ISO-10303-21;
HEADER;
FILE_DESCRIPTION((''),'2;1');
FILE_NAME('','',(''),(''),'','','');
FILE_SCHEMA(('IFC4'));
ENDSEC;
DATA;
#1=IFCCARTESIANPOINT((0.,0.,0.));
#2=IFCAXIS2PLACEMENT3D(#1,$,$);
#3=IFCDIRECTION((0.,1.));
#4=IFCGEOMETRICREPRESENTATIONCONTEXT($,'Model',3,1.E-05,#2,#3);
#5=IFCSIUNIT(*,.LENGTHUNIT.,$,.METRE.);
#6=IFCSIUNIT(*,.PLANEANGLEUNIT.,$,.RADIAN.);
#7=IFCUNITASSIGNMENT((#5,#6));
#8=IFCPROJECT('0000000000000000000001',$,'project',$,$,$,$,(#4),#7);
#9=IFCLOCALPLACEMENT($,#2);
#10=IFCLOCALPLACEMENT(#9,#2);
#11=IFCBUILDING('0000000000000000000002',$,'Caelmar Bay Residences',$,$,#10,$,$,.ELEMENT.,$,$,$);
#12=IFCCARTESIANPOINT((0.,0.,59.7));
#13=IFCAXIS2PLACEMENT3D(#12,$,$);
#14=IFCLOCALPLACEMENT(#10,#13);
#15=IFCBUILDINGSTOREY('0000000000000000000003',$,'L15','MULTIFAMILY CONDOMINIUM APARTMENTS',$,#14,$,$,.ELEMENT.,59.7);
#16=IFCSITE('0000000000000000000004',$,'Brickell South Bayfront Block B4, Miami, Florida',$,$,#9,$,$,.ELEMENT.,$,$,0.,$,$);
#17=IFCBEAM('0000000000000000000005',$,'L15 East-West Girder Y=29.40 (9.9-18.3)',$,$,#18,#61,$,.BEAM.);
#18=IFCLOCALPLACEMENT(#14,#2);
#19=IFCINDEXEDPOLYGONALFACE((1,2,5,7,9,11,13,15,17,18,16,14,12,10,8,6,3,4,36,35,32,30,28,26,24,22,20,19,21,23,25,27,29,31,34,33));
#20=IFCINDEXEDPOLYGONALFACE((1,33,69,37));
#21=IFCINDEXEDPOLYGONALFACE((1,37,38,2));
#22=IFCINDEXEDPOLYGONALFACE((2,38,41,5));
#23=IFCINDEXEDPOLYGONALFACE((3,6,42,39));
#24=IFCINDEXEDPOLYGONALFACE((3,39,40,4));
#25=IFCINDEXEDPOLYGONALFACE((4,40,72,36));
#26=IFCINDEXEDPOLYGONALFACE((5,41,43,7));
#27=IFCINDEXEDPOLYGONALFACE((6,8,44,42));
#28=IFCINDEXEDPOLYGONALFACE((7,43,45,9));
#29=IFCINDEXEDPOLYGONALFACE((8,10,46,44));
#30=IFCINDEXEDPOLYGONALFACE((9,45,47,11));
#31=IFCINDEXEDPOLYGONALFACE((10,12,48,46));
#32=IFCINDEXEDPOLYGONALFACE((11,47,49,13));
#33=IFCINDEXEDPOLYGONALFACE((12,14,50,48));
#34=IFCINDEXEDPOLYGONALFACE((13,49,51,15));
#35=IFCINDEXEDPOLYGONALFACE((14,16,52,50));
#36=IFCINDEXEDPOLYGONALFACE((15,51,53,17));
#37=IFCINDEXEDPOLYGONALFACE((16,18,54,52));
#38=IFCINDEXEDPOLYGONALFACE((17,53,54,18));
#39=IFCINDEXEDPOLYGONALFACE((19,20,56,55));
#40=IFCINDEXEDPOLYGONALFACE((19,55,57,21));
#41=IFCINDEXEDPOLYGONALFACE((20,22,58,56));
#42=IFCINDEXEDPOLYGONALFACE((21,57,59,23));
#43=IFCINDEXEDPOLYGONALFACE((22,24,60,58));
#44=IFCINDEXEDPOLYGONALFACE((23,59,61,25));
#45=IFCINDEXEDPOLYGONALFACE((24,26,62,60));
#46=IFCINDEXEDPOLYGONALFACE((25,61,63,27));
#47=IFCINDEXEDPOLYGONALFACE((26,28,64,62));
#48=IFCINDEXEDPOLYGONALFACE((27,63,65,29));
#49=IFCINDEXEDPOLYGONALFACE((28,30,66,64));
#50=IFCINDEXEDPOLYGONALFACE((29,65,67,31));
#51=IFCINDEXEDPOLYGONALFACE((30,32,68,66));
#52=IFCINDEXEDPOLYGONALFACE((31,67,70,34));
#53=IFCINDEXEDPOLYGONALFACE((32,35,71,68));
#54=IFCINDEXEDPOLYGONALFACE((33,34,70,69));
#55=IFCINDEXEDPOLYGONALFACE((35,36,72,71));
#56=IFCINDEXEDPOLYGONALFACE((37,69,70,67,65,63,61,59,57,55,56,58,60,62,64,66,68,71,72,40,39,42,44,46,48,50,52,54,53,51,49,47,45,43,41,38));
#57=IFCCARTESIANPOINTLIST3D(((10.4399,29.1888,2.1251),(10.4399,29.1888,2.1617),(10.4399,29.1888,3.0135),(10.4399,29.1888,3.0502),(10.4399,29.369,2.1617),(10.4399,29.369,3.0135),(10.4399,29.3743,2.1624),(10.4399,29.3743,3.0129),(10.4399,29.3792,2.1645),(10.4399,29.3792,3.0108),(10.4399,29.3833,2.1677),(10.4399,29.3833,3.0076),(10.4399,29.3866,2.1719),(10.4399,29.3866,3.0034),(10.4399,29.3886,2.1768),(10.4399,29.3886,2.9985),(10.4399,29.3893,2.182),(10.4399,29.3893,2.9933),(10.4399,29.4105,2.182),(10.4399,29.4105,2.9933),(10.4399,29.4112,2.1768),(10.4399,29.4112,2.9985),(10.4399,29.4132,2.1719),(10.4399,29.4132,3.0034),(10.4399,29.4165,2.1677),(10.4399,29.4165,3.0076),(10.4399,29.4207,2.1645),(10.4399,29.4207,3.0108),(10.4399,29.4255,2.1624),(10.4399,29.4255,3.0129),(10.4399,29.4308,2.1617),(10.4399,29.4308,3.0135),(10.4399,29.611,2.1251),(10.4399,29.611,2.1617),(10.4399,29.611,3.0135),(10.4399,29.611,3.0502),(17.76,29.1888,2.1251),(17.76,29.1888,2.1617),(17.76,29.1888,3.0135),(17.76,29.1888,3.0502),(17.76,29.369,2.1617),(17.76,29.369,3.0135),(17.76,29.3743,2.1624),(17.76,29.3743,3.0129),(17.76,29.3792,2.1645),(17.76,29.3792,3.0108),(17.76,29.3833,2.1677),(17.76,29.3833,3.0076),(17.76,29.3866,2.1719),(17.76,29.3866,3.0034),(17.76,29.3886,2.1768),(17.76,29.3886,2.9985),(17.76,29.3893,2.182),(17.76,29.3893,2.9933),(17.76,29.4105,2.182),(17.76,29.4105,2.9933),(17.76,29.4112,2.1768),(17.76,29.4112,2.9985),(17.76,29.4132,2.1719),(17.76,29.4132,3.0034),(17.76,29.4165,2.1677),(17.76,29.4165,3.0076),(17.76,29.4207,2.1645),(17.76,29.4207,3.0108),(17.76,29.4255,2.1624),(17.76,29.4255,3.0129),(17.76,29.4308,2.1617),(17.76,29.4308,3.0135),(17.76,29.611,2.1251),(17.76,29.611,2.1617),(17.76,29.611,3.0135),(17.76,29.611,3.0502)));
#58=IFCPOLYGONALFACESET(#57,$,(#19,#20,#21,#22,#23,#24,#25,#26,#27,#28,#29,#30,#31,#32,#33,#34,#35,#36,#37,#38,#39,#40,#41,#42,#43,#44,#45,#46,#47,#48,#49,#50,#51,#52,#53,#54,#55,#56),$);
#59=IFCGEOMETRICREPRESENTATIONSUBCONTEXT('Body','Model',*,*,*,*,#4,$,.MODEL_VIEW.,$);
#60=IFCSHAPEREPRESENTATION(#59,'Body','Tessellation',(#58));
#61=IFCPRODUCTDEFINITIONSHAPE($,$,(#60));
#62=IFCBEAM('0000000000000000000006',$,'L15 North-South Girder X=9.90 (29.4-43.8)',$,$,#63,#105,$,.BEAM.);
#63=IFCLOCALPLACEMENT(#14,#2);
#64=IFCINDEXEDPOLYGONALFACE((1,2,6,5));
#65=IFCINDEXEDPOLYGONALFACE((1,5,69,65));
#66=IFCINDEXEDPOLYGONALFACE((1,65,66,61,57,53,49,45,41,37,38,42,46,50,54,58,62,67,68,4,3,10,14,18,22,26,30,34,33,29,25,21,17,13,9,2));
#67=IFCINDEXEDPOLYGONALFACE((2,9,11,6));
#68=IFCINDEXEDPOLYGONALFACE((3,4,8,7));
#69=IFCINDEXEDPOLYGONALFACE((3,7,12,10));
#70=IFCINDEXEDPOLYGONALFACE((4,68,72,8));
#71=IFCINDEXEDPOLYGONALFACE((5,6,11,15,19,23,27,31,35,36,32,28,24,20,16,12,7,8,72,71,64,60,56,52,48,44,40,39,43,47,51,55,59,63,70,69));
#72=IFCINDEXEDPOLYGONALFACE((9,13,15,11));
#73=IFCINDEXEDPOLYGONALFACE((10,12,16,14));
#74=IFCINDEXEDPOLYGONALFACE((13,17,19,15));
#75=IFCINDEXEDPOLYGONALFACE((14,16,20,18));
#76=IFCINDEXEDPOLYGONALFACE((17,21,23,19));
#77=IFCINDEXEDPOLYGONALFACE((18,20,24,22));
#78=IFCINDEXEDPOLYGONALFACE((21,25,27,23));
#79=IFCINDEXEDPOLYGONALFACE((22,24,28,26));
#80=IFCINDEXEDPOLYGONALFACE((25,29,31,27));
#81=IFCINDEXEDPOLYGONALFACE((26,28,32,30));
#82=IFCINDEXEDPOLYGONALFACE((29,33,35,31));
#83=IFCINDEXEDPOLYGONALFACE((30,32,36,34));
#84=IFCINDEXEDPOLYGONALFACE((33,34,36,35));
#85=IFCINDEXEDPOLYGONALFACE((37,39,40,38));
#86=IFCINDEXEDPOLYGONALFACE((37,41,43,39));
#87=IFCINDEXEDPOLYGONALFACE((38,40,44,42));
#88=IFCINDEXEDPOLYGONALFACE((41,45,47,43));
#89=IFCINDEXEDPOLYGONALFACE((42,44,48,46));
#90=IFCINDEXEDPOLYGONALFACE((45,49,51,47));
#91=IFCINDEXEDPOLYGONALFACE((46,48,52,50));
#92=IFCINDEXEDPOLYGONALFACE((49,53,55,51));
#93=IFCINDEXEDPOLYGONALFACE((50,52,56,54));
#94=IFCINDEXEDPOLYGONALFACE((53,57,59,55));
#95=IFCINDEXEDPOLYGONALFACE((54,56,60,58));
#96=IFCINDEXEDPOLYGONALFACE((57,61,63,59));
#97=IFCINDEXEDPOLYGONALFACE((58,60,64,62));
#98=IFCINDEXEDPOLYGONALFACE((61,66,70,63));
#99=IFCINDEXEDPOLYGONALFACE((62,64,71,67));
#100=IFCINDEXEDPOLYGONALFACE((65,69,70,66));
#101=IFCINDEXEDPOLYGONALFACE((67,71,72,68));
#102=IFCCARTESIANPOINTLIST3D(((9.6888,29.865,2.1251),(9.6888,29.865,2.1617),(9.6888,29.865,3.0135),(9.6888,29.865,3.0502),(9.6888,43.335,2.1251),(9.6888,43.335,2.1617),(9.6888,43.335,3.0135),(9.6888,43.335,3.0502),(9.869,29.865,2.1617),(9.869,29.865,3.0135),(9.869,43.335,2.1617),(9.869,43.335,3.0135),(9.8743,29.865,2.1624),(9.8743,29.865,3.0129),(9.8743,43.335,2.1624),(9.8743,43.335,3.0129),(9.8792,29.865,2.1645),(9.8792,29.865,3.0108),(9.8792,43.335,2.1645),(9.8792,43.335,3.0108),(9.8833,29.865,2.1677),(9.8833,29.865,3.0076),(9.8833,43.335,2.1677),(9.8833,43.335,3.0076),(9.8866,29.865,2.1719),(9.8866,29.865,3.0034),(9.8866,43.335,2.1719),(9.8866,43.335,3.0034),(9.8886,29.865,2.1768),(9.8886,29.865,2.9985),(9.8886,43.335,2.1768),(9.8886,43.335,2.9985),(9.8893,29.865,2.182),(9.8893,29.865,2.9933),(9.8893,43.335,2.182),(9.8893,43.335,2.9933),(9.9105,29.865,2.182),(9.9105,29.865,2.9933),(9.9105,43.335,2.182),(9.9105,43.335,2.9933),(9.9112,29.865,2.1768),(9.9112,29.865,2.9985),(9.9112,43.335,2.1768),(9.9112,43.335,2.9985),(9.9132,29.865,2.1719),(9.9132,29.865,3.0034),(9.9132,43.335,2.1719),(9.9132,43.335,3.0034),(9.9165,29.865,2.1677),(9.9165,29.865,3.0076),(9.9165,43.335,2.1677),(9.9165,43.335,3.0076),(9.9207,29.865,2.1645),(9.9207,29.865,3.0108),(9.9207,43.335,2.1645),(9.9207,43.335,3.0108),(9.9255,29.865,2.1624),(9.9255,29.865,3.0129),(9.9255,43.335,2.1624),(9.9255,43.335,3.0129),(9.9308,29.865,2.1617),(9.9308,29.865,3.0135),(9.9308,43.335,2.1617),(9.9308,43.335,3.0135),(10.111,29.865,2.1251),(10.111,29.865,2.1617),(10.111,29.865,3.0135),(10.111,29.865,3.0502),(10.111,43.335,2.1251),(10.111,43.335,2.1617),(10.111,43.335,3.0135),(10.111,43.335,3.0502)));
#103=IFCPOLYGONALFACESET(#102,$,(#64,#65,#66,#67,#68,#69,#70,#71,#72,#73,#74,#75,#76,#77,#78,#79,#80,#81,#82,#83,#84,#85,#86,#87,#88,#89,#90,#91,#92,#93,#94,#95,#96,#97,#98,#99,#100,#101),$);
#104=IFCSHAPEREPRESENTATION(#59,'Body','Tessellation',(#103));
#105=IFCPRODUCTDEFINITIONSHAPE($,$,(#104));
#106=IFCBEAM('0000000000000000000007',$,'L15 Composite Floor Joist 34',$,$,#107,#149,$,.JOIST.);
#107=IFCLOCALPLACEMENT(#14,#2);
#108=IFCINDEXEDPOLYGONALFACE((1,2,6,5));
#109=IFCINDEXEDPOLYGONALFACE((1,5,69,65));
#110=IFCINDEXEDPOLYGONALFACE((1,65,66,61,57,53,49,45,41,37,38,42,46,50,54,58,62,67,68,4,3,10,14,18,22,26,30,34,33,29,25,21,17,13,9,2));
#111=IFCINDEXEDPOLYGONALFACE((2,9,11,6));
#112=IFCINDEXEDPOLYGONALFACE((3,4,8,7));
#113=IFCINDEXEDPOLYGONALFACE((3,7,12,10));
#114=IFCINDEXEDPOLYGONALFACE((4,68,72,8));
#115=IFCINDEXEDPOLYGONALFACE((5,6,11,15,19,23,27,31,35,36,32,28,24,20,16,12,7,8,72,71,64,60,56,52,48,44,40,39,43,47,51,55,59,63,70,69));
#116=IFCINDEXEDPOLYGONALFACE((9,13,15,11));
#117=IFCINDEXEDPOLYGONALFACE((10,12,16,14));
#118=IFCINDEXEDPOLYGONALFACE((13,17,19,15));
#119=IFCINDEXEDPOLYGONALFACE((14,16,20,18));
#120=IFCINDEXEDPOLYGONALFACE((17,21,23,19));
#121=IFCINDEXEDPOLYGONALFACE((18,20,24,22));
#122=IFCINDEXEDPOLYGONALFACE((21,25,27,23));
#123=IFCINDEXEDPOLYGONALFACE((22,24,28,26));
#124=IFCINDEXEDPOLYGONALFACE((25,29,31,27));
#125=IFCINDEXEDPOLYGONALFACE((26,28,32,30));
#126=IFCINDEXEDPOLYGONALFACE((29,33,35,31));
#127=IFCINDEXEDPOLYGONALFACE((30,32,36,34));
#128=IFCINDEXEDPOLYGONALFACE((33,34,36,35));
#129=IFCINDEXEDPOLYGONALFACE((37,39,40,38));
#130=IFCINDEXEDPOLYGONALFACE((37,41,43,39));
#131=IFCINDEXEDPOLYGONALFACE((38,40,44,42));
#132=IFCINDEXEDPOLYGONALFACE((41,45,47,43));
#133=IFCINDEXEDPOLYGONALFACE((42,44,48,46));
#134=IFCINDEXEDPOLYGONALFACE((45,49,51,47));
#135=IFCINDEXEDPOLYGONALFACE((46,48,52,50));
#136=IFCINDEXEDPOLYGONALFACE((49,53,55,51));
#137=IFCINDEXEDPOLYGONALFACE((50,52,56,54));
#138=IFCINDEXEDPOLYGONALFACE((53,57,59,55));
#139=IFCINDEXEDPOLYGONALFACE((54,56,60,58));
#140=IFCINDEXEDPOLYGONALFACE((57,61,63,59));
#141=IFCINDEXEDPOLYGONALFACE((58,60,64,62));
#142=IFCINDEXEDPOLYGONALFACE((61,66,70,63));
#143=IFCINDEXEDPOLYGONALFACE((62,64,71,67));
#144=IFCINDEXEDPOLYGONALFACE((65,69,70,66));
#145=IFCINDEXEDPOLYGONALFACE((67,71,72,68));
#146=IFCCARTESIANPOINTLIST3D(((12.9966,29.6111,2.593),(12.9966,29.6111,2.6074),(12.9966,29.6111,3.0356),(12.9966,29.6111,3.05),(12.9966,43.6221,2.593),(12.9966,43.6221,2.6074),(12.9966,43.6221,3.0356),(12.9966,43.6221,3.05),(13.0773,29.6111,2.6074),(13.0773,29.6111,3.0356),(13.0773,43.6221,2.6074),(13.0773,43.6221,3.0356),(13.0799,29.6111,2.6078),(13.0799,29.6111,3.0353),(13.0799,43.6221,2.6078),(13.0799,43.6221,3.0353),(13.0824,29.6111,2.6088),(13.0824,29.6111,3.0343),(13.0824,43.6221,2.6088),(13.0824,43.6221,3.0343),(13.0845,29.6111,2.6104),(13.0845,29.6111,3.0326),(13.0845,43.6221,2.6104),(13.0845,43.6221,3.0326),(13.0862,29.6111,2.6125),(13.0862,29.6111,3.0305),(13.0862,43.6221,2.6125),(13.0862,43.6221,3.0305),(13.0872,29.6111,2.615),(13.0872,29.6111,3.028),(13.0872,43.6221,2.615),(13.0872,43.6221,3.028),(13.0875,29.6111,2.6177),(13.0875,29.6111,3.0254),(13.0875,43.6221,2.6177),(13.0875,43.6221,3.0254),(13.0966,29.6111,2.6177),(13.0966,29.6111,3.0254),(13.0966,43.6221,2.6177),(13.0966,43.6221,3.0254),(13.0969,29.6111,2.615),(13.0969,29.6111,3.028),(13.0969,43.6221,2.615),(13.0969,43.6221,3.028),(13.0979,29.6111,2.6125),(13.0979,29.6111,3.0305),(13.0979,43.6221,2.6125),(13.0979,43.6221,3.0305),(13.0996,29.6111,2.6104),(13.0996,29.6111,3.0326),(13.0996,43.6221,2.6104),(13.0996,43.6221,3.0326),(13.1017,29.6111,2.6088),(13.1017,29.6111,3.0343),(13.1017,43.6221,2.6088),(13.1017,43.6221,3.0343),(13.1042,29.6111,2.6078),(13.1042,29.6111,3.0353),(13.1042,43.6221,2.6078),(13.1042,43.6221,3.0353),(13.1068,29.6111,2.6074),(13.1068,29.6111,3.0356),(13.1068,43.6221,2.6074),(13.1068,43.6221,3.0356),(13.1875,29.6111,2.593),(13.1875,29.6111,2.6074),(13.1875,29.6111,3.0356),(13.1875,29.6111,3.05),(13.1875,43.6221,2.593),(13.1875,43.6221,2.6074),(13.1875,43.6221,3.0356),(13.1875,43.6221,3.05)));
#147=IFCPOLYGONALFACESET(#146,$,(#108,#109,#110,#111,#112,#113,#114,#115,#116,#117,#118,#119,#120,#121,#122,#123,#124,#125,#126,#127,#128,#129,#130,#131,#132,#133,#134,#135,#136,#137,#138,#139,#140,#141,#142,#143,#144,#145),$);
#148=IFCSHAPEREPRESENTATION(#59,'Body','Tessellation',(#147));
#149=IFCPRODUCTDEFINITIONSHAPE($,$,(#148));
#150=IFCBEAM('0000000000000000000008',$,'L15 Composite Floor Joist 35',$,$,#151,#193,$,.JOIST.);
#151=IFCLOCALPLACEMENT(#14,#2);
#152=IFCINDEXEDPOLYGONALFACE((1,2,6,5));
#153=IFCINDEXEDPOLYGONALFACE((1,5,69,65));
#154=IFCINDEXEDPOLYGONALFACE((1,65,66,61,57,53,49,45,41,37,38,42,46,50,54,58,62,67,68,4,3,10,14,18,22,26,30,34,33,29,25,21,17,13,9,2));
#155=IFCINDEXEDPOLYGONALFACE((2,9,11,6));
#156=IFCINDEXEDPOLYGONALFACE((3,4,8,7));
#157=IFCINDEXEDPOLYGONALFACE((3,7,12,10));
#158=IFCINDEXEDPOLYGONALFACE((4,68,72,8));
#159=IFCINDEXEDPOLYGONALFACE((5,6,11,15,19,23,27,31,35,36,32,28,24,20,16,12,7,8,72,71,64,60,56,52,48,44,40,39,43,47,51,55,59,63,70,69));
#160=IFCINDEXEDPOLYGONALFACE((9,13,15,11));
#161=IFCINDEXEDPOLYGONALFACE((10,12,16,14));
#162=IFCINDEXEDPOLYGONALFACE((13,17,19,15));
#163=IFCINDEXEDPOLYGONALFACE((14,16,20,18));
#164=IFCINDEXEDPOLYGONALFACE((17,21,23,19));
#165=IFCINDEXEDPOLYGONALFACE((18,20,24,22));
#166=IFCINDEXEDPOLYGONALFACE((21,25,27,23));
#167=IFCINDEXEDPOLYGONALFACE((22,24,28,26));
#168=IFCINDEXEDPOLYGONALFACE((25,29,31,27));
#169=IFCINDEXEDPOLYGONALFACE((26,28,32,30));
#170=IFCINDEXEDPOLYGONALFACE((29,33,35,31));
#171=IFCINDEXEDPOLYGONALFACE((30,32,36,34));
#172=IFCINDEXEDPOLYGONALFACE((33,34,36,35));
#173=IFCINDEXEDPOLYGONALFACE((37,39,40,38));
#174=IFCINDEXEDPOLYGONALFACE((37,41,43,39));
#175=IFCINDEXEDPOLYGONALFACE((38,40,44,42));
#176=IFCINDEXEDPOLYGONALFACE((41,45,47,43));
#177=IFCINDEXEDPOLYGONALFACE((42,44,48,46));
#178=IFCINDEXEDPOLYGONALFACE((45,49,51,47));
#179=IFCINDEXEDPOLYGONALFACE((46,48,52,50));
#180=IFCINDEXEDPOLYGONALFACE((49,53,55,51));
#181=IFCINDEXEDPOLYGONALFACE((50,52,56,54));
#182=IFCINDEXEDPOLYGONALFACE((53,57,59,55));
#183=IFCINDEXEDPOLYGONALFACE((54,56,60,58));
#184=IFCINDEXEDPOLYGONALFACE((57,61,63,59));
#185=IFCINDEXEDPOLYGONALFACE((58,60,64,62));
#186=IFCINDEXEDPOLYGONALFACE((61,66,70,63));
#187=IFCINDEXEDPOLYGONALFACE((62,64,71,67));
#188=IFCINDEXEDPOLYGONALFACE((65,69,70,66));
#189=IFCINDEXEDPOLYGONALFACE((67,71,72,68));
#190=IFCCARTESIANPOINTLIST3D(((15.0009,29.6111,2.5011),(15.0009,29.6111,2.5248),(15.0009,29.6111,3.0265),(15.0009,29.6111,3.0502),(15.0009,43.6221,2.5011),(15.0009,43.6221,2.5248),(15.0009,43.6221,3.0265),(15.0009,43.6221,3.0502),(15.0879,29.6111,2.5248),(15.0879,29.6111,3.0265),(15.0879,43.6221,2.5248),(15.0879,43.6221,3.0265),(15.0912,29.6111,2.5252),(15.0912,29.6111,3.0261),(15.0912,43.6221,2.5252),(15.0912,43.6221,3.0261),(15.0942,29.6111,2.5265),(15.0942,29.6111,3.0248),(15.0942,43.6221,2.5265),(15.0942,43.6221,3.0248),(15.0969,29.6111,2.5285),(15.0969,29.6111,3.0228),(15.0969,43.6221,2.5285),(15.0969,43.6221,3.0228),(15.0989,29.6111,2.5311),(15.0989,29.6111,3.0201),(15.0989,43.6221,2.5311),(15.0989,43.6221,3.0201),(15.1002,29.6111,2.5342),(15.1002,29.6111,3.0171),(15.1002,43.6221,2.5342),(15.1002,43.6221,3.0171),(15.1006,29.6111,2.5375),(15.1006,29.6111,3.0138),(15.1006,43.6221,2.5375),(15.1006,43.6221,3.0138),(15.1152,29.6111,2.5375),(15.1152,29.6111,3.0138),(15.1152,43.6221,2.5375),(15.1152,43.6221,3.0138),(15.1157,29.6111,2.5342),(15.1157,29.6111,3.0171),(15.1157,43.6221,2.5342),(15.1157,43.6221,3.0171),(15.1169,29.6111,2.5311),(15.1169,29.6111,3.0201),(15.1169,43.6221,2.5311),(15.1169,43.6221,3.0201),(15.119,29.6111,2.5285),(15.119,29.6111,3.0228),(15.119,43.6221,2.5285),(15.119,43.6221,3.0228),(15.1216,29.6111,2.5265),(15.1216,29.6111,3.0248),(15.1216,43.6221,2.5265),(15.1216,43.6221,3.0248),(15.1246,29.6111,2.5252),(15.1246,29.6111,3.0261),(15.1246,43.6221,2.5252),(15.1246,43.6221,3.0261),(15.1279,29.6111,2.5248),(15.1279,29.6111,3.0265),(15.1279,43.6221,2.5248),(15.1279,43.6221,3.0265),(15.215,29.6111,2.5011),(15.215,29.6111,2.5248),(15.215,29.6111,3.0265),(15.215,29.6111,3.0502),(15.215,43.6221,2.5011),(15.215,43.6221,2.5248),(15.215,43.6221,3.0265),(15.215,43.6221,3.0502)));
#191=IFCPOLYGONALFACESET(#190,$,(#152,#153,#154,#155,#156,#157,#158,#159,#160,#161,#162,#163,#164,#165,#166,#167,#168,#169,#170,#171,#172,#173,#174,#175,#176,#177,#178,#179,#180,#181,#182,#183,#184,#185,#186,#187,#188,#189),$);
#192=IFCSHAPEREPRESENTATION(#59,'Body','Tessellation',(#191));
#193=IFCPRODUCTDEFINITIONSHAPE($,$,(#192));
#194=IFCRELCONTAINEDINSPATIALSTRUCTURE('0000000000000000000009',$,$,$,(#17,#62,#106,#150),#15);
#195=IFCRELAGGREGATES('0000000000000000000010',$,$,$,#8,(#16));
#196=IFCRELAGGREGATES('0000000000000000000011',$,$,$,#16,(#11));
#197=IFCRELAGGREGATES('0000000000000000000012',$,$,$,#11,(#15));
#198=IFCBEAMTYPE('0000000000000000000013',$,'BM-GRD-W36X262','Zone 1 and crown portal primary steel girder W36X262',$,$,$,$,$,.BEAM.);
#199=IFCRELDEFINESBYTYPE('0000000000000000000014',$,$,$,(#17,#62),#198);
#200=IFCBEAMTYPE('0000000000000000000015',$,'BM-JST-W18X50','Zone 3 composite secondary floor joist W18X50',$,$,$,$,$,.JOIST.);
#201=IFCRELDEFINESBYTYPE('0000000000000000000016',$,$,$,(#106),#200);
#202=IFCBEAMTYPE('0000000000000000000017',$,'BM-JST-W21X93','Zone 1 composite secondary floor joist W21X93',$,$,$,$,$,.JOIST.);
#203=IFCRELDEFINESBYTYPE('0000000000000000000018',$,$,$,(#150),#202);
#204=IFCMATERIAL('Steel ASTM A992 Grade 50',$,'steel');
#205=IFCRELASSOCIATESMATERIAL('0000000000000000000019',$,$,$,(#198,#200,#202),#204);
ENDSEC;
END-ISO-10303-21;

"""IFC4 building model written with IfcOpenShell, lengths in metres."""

from ifc_helpers import new_model, si_unit, direction, frame, origin, origin_2d, place, context, subcontext, project, spatial, i_section, extrude, material, material_profile, profile_set, type_object, element, save


model = new_model("IFC4")

# Units and contexts
model_context = context("Model", 3, precision=1e-05, world=origin(), true_north=direction((0.0, 1.0)))
body_context = subcontext(model_context, "Body", "Model", "MODEL_VIEW")
ifc_project = project(units=[si_unit("LENGTHUNIT", "METRE"), si_unit("PLANEANGLEUNIT", "RADIAN")], contexts=[model_context])

# Site, building, storey
site_placement = place(None, origin())
site = spatial("IfcSite", under=ifc_project, at=site_placement, Name="Brickell South Bayfront Block B4, Miami, Florida", CompositionType="ELEMENT", RefElevation=0.0)
building_placement = place(site_placement, origin())
building = spatial("IfcBuilding", under=site, at=building_placement, Name="Caelmar Bay Residences", CompositionType="ELEMENT")
storey_placement = place(building_placement, frame((0.0, 0.0, 59.7)))
storey = spatial("IfcBuildingStorey", under=building, at=storey_placement, Name="L15", Description="MULTIFAMILY CONDOMINIUM APARTMENTS", CompositionType="ELEMENT", Elevation=59.7)

# Beams
ifc_material_1 = material(Name="Steel ASTM A992 Grade 50", Category="steel")
ifc_material_profile_1 = material_profile(ifc_material_1, i_section(OverallWidth=0.4221, OverallDepth=0.925, WebThickness=0.0212, FlangeThickness=0.0366, FilletRadius=0.0203, at=origin_2d()), Name="W36X262")
ifc_profile_set_1 = profile_set([ifc_material_profile_1], Name="Steel ASTM A992 Grade 50")
beam_type_1 = type_object("IfcBeamType", Name="BM-GRD-W36X262", Description="Zone 1 and crown portal primary steel girder W36X262", PredefinedType="BEAM", material=ifc_profile_set_1)
beam_1_placement = place(storey_placement, frame((10.4399, 29.3999, 2.5876), z_axis=(1.0, 0.0, 0.0), x_axis=(0.0, 1.0, 0.0)))
element("IfcBeam", 1, at=beam_1_placement, inside=storey, type_object=beam_type_1, Name="L15 East-West Girder Y=29.40 (9.9-18.3)", PredefinedType="BEAM", context=body_context, shape_type="SweptSolid", body=[
    extrude(i_section(OverallWidth=0.4221, OverallDepth=0.925, WebThickness=0.0212, FlangeThickness=0.0366, FilletRadius=0.0203, at=origin_2d()), origin(), (0.0, 0.0, 1.0), 7.3201),
])
beam_2_placement = place(storey_placement, frame((9.8999, 29.865, 2.5876), z_axis=(0.0, 1.0, 0.0), x_axis=(-1.0, 0.0, 0.0)))
element("IfcBeam", 2, at=beam_2_placement, inside=storey, type_object=beam_type_1, Name="L15 North-South Girder X=9.90 (29.4-43.8)", PredefinedType="BEAM", context=body_context, shape_type="SweptSolid", body=[
    extrude(i_section(OverallWidth=0.4221, OverallDepth=0.925, WebThickness=0.0212, FlangeThickness=0.0366, FilletRadius=0.0203, at=origin_2d()), origin(), (0.0, 0.0, 1.0), 13.47),
])
ifc_material_profile_2 = material_profile(ifc_material_1, i_section(OverallWidth=0.1909, OverallDepth=0.457, WebThickness=0.009, FlangeThickness=0.0144, FilletRadius=0.0103, at=origin_2d()), Name="W18X50")
ifc_profile_set_2 = profile_set([ifc_material_profile_2], Name="Steel ASTM A992 Grade 50")
beam_type_2 = type_object("IfcBeamType", Name="BM-JST-W18X50", Description="Zone 3 composite secondary floor joist W18X50", PredefinedType="JOIST", material=ifc_profile_set_2)
beam_3_placement = place(storey_placement, frame((13.092, 29.6111, 2.8215), z_axis=(0.0, 1.0, 0.0), x_axis=(-1.0, 0.0, 0.0)))
element("IfcBeam", 3, at=beam_3_placement, inside=storey, type_object=beam_type_2, Name="L15 Composite Floor Joist 34", PredefinedType="JOIST", context=body_context, shape_type="SweptSolid", body=[
    extrude(i_section(OverallWidth=0.1909, OverallDepth=0.457, WebThickness=0.009, FlangeThickness=0.0144, FilletRadius=0.0103, at=origin_2d()), origin(), (0.0, 0.0, 1.0), 14.011),
])
ifc_material_profile_3 = material_profile(ifc_material_1, i_section(OverallWidth=0.2141, OverallDepth=0.5491, WebThickness=0.0146, FlangeThickness=0.0237, FilletRadius=0.0127, at=origin_2d()), Name="W21X93")
ifc_profile_set_3 = profile_set([ifc_material_profile_3], Name="Steel ASTM A992 Grade 50")
beam_type_3 = type_object("IfcBeamType", Name="BM-JST-W21X93", Description="Zone 1 composite secondary floor joist W21X93", PredefinedType="JOIST", material=ifc_profile_set_3)
beam_4_placement = place(storey_placement, frame((15.1079, 29.6111, 2.7756), z_axis=(0.0, 1.0, 0.0), x_axis=(-1.0, 0.0, 0.0)))
element("IfcBeam", 4, at=beam_4_placement, inside=storey, type_object=beam_type_3, Name="L15 Composite Floor Joist 35", PredefinedType="JOIST", context=body_context, shape_type="SweptSolid", body=[
    extrude(i_section(OverallWidth=0.2141, OverallDepth=0.5491, WebThickness=0.0146, FlangeThickness=0.0237, FilletRadius=0.0127, at=origin_2d()), origin(), (0.0, 0.0, 1.0), 14.011),
])

save(model, "model.ifc")
